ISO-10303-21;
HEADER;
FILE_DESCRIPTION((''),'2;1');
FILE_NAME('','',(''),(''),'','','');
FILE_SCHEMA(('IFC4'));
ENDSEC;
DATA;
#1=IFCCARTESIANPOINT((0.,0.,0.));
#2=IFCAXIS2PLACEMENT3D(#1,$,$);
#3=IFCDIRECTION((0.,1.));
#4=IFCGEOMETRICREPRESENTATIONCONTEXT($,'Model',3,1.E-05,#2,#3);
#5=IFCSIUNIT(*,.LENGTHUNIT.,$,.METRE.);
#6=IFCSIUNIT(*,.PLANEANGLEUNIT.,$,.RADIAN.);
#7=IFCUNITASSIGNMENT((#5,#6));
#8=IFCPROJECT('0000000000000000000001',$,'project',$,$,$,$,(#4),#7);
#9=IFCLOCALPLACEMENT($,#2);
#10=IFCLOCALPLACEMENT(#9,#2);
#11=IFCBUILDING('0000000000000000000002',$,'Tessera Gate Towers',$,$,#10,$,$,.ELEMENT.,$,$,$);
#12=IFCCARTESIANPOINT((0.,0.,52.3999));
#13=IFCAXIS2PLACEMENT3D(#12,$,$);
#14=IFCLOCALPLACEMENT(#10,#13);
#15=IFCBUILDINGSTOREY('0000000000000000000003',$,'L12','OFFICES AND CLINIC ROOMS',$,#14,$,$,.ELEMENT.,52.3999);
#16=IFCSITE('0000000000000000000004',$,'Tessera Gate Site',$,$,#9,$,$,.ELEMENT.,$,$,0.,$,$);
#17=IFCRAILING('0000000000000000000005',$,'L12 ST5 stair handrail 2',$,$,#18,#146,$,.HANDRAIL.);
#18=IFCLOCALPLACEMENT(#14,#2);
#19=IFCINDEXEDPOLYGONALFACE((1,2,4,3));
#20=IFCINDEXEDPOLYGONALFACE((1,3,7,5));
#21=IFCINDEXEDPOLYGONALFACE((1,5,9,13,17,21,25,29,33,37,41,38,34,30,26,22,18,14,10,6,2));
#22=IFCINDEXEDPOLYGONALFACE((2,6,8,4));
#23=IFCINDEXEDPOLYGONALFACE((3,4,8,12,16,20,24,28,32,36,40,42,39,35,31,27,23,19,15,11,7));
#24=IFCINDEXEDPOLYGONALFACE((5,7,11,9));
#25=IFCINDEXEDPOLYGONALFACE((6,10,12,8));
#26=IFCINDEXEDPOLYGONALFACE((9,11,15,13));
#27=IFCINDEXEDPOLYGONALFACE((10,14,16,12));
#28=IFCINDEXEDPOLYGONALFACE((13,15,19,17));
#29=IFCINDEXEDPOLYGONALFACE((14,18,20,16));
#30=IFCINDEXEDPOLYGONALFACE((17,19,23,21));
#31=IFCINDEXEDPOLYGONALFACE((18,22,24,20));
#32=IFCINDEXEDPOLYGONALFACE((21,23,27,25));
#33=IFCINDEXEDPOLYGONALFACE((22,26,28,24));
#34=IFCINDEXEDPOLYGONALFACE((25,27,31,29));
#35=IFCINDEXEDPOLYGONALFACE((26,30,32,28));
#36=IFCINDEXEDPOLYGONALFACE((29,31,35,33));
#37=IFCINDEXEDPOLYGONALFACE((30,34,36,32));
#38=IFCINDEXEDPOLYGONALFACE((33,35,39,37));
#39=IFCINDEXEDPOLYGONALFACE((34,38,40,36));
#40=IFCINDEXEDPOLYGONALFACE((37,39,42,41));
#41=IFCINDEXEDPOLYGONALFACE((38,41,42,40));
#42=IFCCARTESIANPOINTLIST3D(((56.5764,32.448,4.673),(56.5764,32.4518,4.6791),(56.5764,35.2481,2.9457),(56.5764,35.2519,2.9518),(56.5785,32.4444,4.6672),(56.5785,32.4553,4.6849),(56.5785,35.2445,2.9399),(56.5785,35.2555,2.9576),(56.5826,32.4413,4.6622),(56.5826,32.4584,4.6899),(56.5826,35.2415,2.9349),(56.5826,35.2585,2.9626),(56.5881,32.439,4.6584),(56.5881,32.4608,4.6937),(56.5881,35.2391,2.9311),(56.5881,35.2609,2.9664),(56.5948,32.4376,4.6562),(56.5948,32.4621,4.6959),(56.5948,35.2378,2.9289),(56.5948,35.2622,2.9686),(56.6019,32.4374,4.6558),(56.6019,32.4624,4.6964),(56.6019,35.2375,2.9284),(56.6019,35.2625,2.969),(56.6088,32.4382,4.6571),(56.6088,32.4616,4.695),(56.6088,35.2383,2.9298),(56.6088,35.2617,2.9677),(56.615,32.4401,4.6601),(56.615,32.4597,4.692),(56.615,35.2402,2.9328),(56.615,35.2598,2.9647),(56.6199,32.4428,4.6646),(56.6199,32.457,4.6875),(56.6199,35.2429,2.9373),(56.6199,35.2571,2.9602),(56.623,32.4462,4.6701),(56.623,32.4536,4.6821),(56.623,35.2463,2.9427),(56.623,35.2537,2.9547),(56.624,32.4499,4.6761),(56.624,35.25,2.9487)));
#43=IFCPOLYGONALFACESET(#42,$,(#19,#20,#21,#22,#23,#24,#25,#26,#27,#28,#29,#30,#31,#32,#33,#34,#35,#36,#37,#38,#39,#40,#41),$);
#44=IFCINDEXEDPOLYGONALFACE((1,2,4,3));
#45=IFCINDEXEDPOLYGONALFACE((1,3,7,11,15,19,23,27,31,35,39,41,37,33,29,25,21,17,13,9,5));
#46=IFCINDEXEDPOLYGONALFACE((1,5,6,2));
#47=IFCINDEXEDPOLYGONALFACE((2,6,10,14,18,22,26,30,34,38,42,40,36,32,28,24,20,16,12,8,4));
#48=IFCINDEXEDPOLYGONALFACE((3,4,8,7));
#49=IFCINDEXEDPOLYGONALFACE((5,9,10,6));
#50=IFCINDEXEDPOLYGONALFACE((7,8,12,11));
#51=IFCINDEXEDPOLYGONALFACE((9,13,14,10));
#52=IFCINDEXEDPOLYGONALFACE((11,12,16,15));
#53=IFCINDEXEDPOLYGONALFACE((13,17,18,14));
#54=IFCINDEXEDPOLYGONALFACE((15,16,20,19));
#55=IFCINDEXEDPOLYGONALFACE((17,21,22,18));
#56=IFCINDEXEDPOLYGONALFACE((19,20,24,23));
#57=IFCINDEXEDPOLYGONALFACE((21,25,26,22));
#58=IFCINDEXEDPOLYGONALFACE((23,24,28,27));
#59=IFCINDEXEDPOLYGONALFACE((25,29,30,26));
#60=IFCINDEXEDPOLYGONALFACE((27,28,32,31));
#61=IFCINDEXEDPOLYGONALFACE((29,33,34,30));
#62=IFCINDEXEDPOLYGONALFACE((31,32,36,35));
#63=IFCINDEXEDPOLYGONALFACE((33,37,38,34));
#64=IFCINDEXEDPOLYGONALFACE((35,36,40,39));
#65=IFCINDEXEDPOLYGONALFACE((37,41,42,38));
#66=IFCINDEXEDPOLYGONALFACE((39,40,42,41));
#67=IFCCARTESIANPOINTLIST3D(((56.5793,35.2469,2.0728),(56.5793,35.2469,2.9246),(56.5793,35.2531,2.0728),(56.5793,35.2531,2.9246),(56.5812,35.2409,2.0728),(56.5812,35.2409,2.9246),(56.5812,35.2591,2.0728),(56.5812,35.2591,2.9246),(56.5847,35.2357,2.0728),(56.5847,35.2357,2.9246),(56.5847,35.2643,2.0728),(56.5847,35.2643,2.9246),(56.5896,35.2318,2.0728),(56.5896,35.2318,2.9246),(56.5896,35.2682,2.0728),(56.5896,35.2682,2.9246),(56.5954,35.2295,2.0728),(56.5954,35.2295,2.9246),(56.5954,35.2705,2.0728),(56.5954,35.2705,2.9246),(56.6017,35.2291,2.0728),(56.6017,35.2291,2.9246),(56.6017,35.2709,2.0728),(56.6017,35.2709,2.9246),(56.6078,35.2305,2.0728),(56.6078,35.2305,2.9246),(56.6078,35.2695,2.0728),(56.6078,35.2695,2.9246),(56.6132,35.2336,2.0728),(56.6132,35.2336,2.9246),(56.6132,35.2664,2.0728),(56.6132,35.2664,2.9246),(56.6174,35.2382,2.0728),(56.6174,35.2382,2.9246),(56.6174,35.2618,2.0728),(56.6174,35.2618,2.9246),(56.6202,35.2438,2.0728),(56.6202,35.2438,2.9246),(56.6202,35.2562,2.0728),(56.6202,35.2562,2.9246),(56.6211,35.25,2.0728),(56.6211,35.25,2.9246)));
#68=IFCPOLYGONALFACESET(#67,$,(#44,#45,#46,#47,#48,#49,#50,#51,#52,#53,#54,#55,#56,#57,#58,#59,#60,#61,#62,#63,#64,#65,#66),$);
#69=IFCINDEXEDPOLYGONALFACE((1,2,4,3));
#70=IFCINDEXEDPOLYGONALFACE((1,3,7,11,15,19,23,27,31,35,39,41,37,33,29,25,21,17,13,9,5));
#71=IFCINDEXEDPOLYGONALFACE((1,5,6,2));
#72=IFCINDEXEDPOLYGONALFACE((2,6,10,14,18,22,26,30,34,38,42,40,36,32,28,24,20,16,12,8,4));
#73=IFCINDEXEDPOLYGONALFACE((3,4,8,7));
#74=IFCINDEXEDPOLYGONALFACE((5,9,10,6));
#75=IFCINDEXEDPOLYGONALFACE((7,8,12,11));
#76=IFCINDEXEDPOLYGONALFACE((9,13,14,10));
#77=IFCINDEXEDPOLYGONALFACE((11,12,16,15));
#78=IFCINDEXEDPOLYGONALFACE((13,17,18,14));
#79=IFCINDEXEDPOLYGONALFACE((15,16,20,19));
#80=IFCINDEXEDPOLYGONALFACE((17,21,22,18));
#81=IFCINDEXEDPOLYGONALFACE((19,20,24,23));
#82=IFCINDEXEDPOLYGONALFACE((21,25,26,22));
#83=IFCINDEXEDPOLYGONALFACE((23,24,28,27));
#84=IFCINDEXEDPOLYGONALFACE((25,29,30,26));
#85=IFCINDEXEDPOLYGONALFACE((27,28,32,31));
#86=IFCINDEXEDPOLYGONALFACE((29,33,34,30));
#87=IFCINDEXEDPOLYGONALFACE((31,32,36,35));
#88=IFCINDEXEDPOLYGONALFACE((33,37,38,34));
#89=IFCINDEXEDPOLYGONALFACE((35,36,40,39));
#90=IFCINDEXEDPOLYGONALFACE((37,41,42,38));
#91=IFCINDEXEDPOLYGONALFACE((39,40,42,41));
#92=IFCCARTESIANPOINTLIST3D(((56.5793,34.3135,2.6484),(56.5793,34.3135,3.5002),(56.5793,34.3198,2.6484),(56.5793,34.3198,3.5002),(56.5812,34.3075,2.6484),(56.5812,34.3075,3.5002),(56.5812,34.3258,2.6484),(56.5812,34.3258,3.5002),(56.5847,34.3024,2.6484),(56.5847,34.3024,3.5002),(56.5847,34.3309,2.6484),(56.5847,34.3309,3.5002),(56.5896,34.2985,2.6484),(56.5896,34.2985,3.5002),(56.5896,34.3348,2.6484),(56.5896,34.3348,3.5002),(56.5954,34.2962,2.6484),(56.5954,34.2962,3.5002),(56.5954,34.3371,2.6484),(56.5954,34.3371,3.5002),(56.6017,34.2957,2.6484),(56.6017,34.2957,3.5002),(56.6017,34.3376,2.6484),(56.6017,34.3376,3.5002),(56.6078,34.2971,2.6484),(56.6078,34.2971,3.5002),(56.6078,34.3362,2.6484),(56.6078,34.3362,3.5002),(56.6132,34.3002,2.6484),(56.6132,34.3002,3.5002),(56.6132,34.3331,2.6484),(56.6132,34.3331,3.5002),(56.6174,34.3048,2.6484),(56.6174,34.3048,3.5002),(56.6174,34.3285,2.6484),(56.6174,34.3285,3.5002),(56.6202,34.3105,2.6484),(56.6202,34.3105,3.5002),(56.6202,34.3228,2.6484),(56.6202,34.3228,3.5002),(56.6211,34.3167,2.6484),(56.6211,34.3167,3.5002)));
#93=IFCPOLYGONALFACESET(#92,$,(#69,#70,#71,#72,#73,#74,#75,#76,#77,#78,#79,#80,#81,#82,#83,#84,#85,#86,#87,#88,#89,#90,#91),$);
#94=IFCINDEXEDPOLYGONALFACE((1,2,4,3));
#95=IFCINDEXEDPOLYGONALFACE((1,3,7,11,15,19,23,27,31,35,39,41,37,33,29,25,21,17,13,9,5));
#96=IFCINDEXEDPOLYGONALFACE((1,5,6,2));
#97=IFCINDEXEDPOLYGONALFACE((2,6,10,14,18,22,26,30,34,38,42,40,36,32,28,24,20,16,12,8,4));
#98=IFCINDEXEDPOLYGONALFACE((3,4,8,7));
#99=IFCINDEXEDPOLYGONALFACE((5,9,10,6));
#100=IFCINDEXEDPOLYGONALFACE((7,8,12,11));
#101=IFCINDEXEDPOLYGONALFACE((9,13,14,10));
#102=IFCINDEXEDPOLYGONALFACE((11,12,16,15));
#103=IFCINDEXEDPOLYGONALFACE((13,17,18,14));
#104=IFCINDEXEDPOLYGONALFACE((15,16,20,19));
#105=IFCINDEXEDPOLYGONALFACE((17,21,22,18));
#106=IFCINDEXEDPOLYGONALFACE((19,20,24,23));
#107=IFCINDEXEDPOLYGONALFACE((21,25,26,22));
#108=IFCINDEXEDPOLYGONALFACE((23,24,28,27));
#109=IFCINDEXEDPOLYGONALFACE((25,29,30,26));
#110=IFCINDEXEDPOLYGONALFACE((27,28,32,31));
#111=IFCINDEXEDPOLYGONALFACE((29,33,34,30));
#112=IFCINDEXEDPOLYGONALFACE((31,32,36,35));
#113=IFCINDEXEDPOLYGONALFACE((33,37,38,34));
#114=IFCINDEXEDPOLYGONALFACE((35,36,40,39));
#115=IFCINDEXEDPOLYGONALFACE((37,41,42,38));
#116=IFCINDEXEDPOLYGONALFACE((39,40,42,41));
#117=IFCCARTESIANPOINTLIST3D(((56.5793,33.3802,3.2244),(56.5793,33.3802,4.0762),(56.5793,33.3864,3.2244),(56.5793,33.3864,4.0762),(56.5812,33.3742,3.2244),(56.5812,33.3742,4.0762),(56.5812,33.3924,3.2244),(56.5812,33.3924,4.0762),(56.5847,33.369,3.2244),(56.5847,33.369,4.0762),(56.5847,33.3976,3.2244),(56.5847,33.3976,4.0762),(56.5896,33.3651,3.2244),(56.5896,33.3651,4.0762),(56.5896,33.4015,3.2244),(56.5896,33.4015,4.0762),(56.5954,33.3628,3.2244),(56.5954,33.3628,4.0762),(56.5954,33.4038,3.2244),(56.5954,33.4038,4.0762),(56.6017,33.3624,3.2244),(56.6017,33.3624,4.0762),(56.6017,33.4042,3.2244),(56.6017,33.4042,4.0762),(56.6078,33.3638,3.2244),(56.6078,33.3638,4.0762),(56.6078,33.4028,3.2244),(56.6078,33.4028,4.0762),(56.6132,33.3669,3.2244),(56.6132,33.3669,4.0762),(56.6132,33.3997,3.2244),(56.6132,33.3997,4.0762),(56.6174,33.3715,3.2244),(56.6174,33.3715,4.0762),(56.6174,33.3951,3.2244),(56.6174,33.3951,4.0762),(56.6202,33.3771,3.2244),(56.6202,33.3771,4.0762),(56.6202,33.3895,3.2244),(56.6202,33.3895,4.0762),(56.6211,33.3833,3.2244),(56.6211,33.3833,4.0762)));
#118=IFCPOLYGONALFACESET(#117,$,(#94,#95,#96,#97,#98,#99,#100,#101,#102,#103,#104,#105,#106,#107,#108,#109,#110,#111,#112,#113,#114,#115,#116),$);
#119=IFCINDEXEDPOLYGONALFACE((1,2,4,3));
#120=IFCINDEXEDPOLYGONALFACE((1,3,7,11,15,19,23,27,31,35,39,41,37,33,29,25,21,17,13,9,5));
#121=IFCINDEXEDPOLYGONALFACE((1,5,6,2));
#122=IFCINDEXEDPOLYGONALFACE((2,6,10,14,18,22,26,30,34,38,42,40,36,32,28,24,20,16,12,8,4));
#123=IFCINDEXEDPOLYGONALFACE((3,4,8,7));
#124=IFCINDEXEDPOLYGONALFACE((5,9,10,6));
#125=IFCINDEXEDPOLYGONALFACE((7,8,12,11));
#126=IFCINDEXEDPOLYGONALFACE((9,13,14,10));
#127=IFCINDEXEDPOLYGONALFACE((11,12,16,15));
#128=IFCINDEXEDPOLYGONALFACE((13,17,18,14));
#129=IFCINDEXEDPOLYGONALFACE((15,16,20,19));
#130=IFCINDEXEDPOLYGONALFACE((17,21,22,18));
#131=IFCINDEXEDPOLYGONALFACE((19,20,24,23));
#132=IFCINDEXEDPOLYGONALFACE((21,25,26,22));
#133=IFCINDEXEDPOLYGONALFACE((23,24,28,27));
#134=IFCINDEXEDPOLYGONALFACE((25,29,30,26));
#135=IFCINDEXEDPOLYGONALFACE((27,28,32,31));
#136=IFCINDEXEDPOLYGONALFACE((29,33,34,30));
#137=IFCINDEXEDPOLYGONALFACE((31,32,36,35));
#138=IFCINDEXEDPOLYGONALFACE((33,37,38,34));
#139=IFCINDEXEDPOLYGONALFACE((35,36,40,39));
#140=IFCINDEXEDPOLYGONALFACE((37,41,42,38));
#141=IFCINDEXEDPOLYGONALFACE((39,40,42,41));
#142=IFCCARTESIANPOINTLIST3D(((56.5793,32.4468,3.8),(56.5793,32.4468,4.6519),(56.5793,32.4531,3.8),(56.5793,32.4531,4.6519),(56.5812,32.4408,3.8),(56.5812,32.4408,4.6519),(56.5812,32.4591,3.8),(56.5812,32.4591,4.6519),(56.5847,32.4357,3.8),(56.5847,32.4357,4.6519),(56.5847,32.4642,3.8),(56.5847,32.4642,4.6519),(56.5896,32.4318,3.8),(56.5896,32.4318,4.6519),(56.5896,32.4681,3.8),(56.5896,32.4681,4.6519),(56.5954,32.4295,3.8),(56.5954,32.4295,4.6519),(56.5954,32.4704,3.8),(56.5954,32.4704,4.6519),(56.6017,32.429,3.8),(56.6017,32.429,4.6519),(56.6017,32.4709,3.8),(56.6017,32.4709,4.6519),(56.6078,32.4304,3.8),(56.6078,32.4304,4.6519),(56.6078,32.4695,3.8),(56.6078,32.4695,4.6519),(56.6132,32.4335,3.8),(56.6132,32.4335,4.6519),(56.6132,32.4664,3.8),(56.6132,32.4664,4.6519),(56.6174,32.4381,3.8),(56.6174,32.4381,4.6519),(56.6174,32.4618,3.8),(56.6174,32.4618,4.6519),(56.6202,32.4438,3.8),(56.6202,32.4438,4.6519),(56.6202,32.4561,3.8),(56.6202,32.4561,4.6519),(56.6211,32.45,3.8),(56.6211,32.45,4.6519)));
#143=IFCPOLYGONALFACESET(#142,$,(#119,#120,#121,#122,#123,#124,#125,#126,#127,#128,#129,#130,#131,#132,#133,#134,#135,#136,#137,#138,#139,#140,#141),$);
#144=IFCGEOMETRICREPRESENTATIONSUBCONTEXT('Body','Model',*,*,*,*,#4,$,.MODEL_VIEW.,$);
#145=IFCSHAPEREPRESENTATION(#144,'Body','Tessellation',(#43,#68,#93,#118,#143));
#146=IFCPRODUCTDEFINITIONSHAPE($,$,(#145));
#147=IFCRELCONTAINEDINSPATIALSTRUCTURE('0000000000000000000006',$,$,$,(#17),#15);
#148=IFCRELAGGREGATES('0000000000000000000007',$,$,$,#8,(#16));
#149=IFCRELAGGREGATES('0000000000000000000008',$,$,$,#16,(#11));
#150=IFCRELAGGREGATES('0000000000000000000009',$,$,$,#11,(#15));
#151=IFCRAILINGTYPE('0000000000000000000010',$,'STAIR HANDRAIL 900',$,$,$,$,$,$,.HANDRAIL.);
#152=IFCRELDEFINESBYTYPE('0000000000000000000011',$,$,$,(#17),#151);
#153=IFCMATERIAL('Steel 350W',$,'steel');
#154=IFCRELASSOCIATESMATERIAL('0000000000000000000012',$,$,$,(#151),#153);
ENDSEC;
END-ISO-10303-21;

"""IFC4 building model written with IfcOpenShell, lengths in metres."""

from ifc_helpers import new_model, si_unit, direction, frame, origin, origin_2d, place, context, subcontext, project, spatial, circle, extrude, material, type_object, element, save


model = new_model("IFC4")

# Units and contexts
model_context = context("Model", 3, precision=1e-05, world=origin(), true_north=direction((0.0, 1.0)))
body_context = subcontext(model_context, "Body", "Model", "MODEL_VIEW")
ifc_project = project(units=[si_unit("LENGTHUNIT", "METRE"), si_unit("PLANEANGLEUNIT", "RADIAN")], contexts=[model_context])

# Site, building, storey
site_placement = place(None, origin())
site = spatial("IfcSite", under=ifc_project, at=site_placement, Name="Tessera Gate Site", CompositionType="ELEMENT", RefElevation=0.0)
building_placement = place(site_placement, origin())
building = spatial("IfcBuilding", under=site, at=building_placement, Name="Tessera Gate Towers", CompositionType="ELEMENT")
storey_placement = place(building_placement, frame((0.0, 0.0, 52.3999)))
storey = spatial("IfcBuildingStorey", under=building, at=storey_placement, Name="L12", Description="OFFICES AND CLINIC ROOMS", CompositionType="ELEMENT", Elevation=52.3999)

# Railing
ifc_material_1 = material(Name="Steel 350W", Category="steel")
railing_type = type_object("IfcRailingType", Name="STAIR HANDRAIL 900", PredefinedType="HANDRAIL", material=ifc_material_1)
railing_1_placement = place(storey_placement, frame((56.6001, 35.25, 2.0728)))
element("IfcRailing", 1, at=railing_1_placement, inside=storey, type_object=railing_type, Name="L12 ST5 stair handrail 2", PredefinedType="HANDRAIL", context=body_context, shape_type="SweptSolid", body=[
    extrude(circle(Radius=0.0239, at=origin_2d()), frame((0.0, 0.0, 0.876), z_axis=(0.0, -0.85109, 0.52502), x_axis=(1.0, 0.0, 0.0)), (0.0, 0.0, 1.0), 3.29),
    extrude(circle(Radius=0.021, at=origin_2d()), origin(), (0.0, 0.0, 1.0), 0.8518),
    extrude(circle(Radius=0.021, at=origin_2d()), frame((0.0, -0.9333, 0.5757)), (0.0, 0.0, 1.0), 0.8518),
    extrude(circle(Radius=0.021, at=origin_2d()), frame((0.0, -1.8667, 1.1516)), (0.0, 0.0, 1.0), 0.8518),
    extrude(circle(Radius=0.021, at=origin_2d()), frame((0.0, -2.8, 1.7273)), (0.0, 0.0, 1.0), 0.8518),
])

save(model, "model.ifc")
